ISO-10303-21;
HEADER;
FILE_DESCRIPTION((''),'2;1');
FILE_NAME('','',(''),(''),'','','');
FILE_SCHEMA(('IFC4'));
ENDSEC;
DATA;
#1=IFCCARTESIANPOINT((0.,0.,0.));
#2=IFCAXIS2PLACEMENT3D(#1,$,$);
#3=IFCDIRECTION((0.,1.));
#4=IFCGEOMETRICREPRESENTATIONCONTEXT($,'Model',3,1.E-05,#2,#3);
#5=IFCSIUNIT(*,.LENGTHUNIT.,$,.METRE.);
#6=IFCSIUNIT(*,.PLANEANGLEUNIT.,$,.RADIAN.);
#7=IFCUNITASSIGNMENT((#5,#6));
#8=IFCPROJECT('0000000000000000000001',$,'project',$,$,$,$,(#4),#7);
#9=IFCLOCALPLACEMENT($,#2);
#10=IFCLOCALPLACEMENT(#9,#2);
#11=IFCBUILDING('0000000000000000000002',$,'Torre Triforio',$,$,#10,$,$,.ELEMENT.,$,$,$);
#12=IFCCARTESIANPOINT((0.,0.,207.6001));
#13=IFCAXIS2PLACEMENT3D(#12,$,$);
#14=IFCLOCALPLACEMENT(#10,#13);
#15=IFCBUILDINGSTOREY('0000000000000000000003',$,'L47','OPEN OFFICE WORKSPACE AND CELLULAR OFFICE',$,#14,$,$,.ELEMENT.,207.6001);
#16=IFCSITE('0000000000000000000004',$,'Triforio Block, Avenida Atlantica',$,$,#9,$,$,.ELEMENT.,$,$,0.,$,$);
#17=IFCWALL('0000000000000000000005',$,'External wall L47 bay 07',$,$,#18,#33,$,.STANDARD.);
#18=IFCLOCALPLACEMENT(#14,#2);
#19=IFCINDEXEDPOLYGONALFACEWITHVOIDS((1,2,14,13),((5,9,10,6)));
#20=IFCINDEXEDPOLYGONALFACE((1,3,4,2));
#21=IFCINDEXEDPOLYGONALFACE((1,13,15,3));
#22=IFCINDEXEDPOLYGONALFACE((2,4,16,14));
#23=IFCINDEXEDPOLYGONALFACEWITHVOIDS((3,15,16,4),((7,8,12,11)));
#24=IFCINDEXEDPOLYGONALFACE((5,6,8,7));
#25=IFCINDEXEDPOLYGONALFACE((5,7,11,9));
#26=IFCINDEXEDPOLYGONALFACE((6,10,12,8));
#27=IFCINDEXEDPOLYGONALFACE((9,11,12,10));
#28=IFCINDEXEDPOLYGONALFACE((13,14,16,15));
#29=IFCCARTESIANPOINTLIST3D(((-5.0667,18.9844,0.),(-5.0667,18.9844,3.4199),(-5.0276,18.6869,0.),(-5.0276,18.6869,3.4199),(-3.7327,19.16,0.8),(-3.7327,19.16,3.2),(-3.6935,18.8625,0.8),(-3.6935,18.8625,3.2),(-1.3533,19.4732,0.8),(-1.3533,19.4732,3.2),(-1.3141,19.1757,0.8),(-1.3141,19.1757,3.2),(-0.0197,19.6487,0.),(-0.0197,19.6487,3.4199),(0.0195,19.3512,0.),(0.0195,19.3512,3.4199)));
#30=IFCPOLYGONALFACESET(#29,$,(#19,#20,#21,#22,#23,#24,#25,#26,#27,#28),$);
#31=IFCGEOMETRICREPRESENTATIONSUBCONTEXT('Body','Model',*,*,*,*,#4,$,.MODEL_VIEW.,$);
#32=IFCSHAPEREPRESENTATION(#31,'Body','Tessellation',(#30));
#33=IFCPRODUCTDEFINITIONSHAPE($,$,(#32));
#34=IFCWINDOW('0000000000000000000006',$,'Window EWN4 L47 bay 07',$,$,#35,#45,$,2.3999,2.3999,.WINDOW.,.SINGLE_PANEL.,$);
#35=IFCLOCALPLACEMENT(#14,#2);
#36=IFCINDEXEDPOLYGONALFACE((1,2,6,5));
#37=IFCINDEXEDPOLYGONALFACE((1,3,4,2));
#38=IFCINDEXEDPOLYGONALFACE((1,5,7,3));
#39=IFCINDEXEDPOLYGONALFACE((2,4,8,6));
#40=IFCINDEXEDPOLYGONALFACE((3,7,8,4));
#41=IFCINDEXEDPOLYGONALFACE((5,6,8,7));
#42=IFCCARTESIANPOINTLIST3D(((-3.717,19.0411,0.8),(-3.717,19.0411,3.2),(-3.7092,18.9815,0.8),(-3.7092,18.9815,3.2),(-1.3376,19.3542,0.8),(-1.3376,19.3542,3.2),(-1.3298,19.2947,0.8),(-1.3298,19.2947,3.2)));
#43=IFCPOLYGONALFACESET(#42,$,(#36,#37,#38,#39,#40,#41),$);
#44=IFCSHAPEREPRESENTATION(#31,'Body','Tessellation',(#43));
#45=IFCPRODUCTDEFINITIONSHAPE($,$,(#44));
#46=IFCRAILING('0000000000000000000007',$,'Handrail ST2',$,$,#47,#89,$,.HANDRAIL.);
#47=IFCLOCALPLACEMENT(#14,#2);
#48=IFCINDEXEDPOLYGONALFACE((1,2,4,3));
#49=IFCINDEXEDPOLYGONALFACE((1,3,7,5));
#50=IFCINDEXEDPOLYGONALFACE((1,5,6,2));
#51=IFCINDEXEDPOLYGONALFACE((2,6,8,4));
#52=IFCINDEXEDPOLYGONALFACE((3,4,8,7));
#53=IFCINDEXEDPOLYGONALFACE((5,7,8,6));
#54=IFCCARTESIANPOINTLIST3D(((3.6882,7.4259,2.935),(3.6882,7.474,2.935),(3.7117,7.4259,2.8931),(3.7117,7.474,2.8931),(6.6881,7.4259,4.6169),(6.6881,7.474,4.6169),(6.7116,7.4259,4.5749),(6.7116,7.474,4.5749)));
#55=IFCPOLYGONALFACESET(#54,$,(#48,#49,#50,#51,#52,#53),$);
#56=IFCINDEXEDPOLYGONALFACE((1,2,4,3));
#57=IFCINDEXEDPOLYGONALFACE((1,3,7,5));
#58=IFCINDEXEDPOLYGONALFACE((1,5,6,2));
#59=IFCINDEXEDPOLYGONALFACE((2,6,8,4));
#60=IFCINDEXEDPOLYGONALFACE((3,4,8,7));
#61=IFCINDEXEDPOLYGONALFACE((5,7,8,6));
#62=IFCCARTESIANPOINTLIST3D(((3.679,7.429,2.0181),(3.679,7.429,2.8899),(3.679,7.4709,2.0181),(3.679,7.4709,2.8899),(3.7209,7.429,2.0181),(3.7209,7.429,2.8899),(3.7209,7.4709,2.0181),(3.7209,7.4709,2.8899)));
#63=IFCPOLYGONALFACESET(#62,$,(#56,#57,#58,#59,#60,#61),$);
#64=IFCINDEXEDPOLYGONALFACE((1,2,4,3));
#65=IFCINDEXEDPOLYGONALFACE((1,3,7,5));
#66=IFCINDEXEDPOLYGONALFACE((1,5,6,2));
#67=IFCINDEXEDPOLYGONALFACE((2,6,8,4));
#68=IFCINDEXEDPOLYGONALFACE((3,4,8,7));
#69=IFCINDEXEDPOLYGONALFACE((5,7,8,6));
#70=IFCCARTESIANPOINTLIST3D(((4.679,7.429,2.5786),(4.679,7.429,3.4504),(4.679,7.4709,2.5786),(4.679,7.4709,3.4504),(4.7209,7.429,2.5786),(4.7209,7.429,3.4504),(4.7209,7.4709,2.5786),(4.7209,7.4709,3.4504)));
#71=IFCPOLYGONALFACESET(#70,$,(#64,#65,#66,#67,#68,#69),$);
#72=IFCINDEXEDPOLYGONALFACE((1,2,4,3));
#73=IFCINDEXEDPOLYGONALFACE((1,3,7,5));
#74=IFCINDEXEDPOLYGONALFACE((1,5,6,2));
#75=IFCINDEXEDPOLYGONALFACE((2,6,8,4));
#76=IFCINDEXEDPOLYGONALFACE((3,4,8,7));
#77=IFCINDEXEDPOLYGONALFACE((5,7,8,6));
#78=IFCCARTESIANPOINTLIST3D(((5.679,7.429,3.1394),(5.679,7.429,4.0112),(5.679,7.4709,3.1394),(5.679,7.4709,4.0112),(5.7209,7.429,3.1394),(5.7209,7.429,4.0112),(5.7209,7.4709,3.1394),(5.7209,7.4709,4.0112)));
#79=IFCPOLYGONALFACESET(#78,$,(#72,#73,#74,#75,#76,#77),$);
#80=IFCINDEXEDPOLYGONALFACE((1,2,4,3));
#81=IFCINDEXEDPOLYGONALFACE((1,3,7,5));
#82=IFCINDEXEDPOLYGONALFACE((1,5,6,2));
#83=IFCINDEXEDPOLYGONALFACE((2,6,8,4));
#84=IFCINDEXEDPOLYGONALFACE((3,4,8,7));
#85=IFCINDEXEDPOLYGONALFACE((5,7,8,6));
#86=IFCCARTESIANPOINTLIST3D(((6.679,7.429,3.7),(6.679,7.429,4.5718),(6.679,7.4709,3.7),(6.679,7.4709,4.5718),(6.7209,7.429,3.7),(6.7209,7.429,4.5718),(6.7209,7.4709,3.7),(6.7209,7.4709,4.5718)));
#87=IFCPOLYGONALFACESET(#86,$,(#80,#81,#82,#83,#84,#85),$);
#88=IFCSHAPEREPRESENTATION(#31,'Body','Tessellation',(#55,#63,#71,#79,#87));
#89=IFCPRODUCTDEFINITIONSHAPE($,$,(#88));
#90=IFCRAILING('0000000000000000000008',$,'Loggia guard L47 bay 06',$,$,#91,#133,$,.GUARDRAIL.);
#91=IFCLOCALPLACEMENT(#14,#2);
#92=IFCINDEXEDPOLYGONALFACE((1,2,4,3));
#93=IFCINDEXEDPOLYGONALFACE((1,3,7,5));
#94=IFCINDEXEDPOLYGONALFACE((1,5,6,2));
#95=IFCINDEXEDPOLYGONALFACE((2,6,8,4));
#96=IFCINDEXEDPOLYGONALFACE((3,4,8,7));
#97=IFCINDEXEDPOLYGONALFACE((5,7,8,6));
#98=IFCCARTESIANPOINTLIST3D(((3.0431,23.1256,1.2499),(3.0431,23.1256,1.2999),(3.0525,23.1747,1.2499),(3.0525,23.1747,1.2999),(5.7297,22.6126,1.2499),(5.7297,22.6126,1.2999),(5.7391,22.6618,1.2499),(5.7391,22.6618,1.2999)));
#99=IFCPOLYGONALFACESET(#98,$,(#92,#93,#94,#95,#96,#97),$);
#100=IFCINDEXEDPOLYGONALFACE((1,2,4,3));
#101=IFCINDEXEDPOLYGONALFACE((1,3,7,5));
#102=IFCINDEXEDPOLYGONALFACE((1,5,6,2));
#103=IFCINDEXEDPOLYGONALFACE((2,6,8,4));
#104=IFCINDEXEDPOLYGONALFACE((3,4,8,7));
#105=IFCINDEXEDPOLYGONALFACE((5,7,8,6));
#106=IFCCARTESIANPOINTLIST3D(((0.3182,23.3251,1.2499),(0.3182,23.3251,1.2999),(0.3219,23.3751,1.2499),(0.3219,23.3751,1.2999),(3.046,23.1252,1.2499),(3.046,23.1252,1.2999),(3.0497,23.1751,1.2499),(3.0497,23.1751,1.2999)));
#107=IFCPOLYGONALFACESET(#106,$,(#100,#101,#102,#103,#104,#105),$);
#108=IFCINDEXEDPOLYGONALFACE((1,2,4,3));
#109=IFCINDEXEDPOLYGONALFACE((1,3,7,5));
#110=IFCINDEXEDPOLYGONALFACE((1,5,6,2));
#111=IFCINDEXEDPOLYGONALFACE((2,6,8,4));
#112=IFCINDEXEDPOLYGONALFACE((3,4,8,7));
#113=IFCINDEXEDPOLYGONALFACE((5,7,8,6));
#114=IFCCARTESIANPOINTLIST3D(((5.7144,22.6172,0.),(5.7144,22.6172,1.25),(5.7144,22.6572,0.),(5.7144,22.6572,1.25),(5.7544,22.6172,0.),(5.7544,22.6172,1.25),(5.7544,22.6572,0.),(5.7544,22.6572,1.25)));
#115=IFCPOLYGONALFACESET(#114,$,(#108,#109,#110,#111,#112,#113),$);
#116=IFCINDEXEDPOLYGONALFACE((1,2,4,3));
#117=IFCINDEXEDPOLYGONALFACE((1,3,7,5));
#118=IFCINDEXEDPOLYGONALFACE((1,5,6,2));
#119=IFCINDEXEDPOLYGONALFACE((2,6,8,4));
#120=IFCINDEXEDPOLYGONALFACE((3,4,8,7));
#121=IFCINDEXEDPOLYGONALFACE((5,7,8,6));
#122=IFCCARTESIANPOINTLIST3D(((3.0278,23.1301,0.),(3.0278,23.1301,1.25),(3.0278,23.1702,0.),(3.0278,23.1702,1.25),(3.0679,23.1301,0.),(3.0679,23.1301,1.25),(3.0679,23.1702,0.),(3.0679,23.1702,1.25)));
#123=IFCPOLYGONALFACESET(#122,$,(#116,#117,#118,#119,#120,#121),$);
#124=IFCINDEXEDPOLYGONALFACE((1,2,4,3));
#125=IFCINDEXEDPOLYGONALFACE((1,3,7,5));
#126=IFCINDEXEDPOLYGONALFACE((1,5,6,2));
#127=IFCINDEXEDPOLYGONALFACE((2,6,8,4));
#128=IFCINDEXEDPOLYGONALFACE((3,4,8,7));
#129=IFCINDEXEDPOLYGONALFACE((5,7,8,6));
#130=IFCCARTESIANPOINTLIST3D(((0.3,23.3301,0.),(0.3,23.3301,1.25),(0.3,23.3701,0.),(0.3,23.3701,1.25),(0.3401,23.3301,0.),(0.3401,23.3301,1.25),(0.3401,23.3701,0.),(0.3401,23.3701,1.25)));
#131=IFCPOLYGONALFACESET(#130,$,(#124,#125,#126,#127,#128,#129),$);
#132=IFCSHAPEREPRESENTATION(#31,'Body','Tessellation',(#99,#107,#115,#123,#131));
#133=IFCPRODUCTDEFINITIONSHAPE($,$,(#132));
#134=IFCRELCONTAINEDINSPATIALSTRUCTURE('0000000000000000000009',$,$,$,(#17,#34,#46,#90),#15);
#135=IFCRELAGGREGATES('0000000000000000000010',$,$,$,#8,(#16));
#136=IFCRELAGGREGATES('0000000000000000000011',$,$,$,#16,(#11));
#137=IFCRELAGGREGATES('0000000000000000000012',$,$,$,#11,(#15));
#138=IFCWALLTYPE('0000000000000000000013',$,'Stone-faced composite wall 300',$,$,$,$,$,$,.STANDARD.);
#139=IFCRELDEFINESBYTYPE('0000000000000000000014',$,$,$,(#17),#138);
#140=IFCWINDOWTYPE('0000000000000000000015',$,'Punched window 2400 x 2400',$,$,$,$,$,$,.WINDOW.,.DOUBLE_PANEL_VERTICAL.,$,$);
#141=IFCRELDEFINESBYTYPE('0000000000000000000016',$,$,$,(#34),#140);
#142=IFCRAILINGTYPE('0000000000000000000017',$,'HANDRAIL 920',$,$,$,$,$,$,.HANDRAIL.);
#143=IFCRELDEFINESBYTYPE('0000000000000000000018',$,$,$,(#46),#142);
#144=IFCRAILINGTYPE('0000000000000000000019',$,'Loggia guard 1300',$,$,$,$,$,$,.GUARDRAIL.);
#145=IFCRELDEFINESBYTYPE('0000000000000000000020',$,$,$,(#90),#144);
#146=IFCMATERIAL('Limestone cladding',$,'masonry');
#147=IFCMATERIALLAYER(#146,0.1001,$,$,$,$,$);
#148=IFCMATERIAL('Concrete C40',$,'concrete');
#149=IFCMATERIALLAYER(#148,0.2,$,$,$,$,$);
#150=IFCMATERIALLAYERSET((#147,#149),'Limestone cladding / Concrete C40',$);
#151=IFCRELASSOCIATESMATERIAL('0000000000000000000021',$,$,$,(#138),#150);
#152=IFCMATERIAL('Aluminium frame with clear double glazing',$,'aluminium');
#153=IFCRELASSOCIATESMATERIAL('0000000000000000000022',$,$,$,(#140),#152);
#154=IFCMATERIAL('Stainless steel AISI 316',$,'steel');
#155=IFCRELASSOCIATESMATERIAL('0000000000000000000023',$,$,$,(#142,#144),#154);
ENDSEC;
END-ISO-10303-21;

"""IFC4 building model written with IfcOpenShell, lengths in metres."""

from ifc_helpers import new_model, si_unit, direction, frame, frame_2d, origin, origin_2d, place, context, subcontext, project, spatial, rectangle, extrude, material, layer, layer_set, type_object, element, fill, save


model = new_model("IFC4")

# Units and contexts
model_context = context("Model", 3, precision=1e-05, world=origin(), true_north=direction((0.0, 1.0)))
body_context = subcontext(model_context, "Body", "Model", "MODEL_VIEW")
ifc_project = project(units=[si_unit("LENGTHUNIT", "METRE"), si_unit("PLANEANGLEUNIT", "RADIAN")], contexts=[model_context])

# Site, building, storey
site_placement = place(None, origin())
site = spatial("IfcSite", under=ifc_project, at=site_placement, Name="Triforio Block, Avenida Atlantica", CompositionType="ELEMENT", RefElevation=0.0)
building_placement = place(site_placement, origin())
building = spatial("IfcBuilding", under=site, at=building_placement, Name="Torre Triforio", CompositionType="ELEMENT")
storey_placement = place(building_placement, frame((0.0, 0.0, 207.6001)))
storey = spatial("IfcBuildingStorey", under=building, at=storey_placement, Name="L47", Description="OPEN OFFICE WORKSPACE AND CELLULAR OFFICE", CompositionType="ELEMENT", Elevation=207.6001)

# Shared definitions
ifc_material_1 = material(Name="Concrete C40", Category="concrete")

# Shared definitions
ifc_material_2 = material(Name="Limestone cladding", Category="masonry")
ifc_layer_1 = layer(ifc_material_2, 0.1001)
ifc_layer_2 = layer(ifc_material_1, 0.2)
ifc_layer_set_1 = layer_set([ifc_layer_1, ifc_layer_2], Name="Limestone cladding / Concrete C40")
wall_type_1 = type_object("IfcWallType", Name="Stone-faced composite wall 300", PredefinedType="STANDARD", material=ifc_layer_set_1)
ifc_material_3 = material(Name="Aluminium frame with clear double glazing", Category="aluminium")

# Wall, opening, window
wall_1_placement = place(storey_placement, frame((0.0, 19.5, 0.0), z_axis=(0.0, 0.0, 1.0), x_axis=(-0.991449, -0.130495, 0.0)))
wall_1 = element("IfcWall", 1, at=wall_1_placement, inside=storey, type_object=wall_type_1, Name="External wall L47 bay 07", PredefinedType="STANDARD", context=body_context, shape_type="SweptSolid", body=[
    extrude(rectangle(XDim=5.0906, YDim=0.3, at=frame_2d((2.5454, 0.0))), origin(), (0.0, 0.0, 1.0), 3.4199),
])
opening_1_placement = place(wall_1_placement, frame((1.3452, 0.0, 0.8)))
opening_1 = element("IfcOpeningElement", 2, at=opening_1_placement, cuts=wall_1, PredefinedType="OPENING", context=body_context, shape_type="SweptSolid", body=[
    extrude(rectangle(XDim=2.3999, YDim=2.3999, at=frame_2d((1.2, 1.2))), frame((0.0, 0.1599, 0.0), z_axis=(0.0, -1.0, 0.0), x_axis=(1.0, 0.0, 0.0)), (0.0, 0.0, 1.0), 0.3201),
])
window_type_1 = type_object("IfcWindowType", Name="Punched window 2400 x 2400", PartitioningType="DOUBLE_PANEL_VERTICAL", PredefinedType="WINDOW", material=ifc_material_3)
window_1_placement = place(opening_1_placement, origin())
window_1 = element("IfcWindow", 3, at=window_1_placement, inside=storey, type_object=window_type_1, Name="Window EWN4 L47 bay 07", OverallHeight=2.3999, OverallWidth=2.3999, PartitioningType="SINGLE_PANEL", PredefinedType="WINDOW", context=body_context, shape_type="SweptSolid", body=[
    extrude(rectangle(XDim=2.3999, YDim=2.3999, at=frame_2d((1.2, 1.2))), frame((0.0, 0.03, 0.0), z_axis=(0.0, -1.0, 0.0), x_axis=(1.0, 0.0, 0.0)), (0.0, 0.0, 1.0), 0.0601),
])
fill(opening_1, window_1)

# Railings
ifc_material_4 = material(Name="Stainless steel AISI 316", Category="steel")
railing_type_1 = type_object("IfcRailingType", Name="HANDRAIL 920", PredefinedType="HANDRAIL", material=ifc_material_4)
railing_1_placement = place(storey_placement, frame((3.7, 7.45, 2.0181)))
element("IfcRailing", 4, at=railing_1_placement, inside=storey, type_object=railing_type_1, Name="Handrail ST2", PredefinedType="HANDRAIL", context=body_context, shape_type="SweptSolid", body=[
    extrude(rectangle(XDim=0.0481, YDim=0.0481, at=origin_2d()), frame((0.0, 0.0, 0.896), z_axis=(0.872272, 0.0, 0.48902), x_axis=(0.0, 1.0, 0.0)), (0.0, 0.0, 1.0), 3.4392),
    extrude(rectangle(XDim=0.042, YDim=0.042, at=origin_2d()), origin(), (0.0, 0.0, 1.0), 0.8718),
    extrude(rectangle(XDim=0.042, YDim=0.042, at=origin_2d()), frame((1.0, 0.0, 0.5605)), (0.0, 0.0, 1.0), 0.8718),
    extrude(rectangle(XDim=0.042, YDim=0.042, at=origin_2d()), frame((2.0, 0.0, 1.1213)), (0.0, 0.0, 1.0), 0.8718),
    extrude(rectangle(XDim=0.042, YDim=0.042, at=origin_2d()), frame((3.0, 0.0, 1.6819)), (0.0, 0.0, 1.0), 0.8718),
])
railing_type_2 = type_object("IfcRailingType", Name="Loggia guard 1300", PredefinedType="GUARDRAIL", material=ifc_material_4)
railing_2_placement = place(storey_placement, frame((5.7344, 22.6372, 0.0)))
element("IfcRailing", 5, at=railing_2_placement, inside=storey, type_object=railing_type_2, Name="Loggia guard L47 bay 06", PredefinedType="GUARDRAIL", context=body_context, shape_type="SweptSolid", body=[
    extrude(rectangle(XDim=0.05, YDim=0.05, at=origin_2d()), frame((0.0, 0.0, 1.2749), z_axis=(-0.982256, 0.187543, 0.0), x_axis=(-0.187543, -0.982256, 0.0)), (0.0, 0.0, 1.0), 2.7351),
    extrude(rectangle(XDim=0.05, YDim=0.05, at=origin_2d()), frame((-2.6865, 0.5129, 1.2749), z_axis=(-0.997324, 0.073106, 0.0), x_axis=(-0.073106, -0.997324, 0.0)), (0.0, 0.0, 1.0), 2.7351),
    extrude(rectangle(XDim=0.04, YDim=0.04, at=origin_2d()), origin(), (0.0, 0.0, 1.0), 1.25),
    extrude(rectangle(XDim=0.04, YDim=0.04, at=origin_2d()), frame((-2.6865, 0.5129, 0.0)), (0.0, 0.0, 1.0), 1.25),
    extrude(rectangle(XDim=0.04, YDim=0.04, at=origin_2d()), frame((-5.4143, 0.7129, 0.0)), (0.0, 0.0, 1.0), 1.25),
])

save(model, "model.ifc")
